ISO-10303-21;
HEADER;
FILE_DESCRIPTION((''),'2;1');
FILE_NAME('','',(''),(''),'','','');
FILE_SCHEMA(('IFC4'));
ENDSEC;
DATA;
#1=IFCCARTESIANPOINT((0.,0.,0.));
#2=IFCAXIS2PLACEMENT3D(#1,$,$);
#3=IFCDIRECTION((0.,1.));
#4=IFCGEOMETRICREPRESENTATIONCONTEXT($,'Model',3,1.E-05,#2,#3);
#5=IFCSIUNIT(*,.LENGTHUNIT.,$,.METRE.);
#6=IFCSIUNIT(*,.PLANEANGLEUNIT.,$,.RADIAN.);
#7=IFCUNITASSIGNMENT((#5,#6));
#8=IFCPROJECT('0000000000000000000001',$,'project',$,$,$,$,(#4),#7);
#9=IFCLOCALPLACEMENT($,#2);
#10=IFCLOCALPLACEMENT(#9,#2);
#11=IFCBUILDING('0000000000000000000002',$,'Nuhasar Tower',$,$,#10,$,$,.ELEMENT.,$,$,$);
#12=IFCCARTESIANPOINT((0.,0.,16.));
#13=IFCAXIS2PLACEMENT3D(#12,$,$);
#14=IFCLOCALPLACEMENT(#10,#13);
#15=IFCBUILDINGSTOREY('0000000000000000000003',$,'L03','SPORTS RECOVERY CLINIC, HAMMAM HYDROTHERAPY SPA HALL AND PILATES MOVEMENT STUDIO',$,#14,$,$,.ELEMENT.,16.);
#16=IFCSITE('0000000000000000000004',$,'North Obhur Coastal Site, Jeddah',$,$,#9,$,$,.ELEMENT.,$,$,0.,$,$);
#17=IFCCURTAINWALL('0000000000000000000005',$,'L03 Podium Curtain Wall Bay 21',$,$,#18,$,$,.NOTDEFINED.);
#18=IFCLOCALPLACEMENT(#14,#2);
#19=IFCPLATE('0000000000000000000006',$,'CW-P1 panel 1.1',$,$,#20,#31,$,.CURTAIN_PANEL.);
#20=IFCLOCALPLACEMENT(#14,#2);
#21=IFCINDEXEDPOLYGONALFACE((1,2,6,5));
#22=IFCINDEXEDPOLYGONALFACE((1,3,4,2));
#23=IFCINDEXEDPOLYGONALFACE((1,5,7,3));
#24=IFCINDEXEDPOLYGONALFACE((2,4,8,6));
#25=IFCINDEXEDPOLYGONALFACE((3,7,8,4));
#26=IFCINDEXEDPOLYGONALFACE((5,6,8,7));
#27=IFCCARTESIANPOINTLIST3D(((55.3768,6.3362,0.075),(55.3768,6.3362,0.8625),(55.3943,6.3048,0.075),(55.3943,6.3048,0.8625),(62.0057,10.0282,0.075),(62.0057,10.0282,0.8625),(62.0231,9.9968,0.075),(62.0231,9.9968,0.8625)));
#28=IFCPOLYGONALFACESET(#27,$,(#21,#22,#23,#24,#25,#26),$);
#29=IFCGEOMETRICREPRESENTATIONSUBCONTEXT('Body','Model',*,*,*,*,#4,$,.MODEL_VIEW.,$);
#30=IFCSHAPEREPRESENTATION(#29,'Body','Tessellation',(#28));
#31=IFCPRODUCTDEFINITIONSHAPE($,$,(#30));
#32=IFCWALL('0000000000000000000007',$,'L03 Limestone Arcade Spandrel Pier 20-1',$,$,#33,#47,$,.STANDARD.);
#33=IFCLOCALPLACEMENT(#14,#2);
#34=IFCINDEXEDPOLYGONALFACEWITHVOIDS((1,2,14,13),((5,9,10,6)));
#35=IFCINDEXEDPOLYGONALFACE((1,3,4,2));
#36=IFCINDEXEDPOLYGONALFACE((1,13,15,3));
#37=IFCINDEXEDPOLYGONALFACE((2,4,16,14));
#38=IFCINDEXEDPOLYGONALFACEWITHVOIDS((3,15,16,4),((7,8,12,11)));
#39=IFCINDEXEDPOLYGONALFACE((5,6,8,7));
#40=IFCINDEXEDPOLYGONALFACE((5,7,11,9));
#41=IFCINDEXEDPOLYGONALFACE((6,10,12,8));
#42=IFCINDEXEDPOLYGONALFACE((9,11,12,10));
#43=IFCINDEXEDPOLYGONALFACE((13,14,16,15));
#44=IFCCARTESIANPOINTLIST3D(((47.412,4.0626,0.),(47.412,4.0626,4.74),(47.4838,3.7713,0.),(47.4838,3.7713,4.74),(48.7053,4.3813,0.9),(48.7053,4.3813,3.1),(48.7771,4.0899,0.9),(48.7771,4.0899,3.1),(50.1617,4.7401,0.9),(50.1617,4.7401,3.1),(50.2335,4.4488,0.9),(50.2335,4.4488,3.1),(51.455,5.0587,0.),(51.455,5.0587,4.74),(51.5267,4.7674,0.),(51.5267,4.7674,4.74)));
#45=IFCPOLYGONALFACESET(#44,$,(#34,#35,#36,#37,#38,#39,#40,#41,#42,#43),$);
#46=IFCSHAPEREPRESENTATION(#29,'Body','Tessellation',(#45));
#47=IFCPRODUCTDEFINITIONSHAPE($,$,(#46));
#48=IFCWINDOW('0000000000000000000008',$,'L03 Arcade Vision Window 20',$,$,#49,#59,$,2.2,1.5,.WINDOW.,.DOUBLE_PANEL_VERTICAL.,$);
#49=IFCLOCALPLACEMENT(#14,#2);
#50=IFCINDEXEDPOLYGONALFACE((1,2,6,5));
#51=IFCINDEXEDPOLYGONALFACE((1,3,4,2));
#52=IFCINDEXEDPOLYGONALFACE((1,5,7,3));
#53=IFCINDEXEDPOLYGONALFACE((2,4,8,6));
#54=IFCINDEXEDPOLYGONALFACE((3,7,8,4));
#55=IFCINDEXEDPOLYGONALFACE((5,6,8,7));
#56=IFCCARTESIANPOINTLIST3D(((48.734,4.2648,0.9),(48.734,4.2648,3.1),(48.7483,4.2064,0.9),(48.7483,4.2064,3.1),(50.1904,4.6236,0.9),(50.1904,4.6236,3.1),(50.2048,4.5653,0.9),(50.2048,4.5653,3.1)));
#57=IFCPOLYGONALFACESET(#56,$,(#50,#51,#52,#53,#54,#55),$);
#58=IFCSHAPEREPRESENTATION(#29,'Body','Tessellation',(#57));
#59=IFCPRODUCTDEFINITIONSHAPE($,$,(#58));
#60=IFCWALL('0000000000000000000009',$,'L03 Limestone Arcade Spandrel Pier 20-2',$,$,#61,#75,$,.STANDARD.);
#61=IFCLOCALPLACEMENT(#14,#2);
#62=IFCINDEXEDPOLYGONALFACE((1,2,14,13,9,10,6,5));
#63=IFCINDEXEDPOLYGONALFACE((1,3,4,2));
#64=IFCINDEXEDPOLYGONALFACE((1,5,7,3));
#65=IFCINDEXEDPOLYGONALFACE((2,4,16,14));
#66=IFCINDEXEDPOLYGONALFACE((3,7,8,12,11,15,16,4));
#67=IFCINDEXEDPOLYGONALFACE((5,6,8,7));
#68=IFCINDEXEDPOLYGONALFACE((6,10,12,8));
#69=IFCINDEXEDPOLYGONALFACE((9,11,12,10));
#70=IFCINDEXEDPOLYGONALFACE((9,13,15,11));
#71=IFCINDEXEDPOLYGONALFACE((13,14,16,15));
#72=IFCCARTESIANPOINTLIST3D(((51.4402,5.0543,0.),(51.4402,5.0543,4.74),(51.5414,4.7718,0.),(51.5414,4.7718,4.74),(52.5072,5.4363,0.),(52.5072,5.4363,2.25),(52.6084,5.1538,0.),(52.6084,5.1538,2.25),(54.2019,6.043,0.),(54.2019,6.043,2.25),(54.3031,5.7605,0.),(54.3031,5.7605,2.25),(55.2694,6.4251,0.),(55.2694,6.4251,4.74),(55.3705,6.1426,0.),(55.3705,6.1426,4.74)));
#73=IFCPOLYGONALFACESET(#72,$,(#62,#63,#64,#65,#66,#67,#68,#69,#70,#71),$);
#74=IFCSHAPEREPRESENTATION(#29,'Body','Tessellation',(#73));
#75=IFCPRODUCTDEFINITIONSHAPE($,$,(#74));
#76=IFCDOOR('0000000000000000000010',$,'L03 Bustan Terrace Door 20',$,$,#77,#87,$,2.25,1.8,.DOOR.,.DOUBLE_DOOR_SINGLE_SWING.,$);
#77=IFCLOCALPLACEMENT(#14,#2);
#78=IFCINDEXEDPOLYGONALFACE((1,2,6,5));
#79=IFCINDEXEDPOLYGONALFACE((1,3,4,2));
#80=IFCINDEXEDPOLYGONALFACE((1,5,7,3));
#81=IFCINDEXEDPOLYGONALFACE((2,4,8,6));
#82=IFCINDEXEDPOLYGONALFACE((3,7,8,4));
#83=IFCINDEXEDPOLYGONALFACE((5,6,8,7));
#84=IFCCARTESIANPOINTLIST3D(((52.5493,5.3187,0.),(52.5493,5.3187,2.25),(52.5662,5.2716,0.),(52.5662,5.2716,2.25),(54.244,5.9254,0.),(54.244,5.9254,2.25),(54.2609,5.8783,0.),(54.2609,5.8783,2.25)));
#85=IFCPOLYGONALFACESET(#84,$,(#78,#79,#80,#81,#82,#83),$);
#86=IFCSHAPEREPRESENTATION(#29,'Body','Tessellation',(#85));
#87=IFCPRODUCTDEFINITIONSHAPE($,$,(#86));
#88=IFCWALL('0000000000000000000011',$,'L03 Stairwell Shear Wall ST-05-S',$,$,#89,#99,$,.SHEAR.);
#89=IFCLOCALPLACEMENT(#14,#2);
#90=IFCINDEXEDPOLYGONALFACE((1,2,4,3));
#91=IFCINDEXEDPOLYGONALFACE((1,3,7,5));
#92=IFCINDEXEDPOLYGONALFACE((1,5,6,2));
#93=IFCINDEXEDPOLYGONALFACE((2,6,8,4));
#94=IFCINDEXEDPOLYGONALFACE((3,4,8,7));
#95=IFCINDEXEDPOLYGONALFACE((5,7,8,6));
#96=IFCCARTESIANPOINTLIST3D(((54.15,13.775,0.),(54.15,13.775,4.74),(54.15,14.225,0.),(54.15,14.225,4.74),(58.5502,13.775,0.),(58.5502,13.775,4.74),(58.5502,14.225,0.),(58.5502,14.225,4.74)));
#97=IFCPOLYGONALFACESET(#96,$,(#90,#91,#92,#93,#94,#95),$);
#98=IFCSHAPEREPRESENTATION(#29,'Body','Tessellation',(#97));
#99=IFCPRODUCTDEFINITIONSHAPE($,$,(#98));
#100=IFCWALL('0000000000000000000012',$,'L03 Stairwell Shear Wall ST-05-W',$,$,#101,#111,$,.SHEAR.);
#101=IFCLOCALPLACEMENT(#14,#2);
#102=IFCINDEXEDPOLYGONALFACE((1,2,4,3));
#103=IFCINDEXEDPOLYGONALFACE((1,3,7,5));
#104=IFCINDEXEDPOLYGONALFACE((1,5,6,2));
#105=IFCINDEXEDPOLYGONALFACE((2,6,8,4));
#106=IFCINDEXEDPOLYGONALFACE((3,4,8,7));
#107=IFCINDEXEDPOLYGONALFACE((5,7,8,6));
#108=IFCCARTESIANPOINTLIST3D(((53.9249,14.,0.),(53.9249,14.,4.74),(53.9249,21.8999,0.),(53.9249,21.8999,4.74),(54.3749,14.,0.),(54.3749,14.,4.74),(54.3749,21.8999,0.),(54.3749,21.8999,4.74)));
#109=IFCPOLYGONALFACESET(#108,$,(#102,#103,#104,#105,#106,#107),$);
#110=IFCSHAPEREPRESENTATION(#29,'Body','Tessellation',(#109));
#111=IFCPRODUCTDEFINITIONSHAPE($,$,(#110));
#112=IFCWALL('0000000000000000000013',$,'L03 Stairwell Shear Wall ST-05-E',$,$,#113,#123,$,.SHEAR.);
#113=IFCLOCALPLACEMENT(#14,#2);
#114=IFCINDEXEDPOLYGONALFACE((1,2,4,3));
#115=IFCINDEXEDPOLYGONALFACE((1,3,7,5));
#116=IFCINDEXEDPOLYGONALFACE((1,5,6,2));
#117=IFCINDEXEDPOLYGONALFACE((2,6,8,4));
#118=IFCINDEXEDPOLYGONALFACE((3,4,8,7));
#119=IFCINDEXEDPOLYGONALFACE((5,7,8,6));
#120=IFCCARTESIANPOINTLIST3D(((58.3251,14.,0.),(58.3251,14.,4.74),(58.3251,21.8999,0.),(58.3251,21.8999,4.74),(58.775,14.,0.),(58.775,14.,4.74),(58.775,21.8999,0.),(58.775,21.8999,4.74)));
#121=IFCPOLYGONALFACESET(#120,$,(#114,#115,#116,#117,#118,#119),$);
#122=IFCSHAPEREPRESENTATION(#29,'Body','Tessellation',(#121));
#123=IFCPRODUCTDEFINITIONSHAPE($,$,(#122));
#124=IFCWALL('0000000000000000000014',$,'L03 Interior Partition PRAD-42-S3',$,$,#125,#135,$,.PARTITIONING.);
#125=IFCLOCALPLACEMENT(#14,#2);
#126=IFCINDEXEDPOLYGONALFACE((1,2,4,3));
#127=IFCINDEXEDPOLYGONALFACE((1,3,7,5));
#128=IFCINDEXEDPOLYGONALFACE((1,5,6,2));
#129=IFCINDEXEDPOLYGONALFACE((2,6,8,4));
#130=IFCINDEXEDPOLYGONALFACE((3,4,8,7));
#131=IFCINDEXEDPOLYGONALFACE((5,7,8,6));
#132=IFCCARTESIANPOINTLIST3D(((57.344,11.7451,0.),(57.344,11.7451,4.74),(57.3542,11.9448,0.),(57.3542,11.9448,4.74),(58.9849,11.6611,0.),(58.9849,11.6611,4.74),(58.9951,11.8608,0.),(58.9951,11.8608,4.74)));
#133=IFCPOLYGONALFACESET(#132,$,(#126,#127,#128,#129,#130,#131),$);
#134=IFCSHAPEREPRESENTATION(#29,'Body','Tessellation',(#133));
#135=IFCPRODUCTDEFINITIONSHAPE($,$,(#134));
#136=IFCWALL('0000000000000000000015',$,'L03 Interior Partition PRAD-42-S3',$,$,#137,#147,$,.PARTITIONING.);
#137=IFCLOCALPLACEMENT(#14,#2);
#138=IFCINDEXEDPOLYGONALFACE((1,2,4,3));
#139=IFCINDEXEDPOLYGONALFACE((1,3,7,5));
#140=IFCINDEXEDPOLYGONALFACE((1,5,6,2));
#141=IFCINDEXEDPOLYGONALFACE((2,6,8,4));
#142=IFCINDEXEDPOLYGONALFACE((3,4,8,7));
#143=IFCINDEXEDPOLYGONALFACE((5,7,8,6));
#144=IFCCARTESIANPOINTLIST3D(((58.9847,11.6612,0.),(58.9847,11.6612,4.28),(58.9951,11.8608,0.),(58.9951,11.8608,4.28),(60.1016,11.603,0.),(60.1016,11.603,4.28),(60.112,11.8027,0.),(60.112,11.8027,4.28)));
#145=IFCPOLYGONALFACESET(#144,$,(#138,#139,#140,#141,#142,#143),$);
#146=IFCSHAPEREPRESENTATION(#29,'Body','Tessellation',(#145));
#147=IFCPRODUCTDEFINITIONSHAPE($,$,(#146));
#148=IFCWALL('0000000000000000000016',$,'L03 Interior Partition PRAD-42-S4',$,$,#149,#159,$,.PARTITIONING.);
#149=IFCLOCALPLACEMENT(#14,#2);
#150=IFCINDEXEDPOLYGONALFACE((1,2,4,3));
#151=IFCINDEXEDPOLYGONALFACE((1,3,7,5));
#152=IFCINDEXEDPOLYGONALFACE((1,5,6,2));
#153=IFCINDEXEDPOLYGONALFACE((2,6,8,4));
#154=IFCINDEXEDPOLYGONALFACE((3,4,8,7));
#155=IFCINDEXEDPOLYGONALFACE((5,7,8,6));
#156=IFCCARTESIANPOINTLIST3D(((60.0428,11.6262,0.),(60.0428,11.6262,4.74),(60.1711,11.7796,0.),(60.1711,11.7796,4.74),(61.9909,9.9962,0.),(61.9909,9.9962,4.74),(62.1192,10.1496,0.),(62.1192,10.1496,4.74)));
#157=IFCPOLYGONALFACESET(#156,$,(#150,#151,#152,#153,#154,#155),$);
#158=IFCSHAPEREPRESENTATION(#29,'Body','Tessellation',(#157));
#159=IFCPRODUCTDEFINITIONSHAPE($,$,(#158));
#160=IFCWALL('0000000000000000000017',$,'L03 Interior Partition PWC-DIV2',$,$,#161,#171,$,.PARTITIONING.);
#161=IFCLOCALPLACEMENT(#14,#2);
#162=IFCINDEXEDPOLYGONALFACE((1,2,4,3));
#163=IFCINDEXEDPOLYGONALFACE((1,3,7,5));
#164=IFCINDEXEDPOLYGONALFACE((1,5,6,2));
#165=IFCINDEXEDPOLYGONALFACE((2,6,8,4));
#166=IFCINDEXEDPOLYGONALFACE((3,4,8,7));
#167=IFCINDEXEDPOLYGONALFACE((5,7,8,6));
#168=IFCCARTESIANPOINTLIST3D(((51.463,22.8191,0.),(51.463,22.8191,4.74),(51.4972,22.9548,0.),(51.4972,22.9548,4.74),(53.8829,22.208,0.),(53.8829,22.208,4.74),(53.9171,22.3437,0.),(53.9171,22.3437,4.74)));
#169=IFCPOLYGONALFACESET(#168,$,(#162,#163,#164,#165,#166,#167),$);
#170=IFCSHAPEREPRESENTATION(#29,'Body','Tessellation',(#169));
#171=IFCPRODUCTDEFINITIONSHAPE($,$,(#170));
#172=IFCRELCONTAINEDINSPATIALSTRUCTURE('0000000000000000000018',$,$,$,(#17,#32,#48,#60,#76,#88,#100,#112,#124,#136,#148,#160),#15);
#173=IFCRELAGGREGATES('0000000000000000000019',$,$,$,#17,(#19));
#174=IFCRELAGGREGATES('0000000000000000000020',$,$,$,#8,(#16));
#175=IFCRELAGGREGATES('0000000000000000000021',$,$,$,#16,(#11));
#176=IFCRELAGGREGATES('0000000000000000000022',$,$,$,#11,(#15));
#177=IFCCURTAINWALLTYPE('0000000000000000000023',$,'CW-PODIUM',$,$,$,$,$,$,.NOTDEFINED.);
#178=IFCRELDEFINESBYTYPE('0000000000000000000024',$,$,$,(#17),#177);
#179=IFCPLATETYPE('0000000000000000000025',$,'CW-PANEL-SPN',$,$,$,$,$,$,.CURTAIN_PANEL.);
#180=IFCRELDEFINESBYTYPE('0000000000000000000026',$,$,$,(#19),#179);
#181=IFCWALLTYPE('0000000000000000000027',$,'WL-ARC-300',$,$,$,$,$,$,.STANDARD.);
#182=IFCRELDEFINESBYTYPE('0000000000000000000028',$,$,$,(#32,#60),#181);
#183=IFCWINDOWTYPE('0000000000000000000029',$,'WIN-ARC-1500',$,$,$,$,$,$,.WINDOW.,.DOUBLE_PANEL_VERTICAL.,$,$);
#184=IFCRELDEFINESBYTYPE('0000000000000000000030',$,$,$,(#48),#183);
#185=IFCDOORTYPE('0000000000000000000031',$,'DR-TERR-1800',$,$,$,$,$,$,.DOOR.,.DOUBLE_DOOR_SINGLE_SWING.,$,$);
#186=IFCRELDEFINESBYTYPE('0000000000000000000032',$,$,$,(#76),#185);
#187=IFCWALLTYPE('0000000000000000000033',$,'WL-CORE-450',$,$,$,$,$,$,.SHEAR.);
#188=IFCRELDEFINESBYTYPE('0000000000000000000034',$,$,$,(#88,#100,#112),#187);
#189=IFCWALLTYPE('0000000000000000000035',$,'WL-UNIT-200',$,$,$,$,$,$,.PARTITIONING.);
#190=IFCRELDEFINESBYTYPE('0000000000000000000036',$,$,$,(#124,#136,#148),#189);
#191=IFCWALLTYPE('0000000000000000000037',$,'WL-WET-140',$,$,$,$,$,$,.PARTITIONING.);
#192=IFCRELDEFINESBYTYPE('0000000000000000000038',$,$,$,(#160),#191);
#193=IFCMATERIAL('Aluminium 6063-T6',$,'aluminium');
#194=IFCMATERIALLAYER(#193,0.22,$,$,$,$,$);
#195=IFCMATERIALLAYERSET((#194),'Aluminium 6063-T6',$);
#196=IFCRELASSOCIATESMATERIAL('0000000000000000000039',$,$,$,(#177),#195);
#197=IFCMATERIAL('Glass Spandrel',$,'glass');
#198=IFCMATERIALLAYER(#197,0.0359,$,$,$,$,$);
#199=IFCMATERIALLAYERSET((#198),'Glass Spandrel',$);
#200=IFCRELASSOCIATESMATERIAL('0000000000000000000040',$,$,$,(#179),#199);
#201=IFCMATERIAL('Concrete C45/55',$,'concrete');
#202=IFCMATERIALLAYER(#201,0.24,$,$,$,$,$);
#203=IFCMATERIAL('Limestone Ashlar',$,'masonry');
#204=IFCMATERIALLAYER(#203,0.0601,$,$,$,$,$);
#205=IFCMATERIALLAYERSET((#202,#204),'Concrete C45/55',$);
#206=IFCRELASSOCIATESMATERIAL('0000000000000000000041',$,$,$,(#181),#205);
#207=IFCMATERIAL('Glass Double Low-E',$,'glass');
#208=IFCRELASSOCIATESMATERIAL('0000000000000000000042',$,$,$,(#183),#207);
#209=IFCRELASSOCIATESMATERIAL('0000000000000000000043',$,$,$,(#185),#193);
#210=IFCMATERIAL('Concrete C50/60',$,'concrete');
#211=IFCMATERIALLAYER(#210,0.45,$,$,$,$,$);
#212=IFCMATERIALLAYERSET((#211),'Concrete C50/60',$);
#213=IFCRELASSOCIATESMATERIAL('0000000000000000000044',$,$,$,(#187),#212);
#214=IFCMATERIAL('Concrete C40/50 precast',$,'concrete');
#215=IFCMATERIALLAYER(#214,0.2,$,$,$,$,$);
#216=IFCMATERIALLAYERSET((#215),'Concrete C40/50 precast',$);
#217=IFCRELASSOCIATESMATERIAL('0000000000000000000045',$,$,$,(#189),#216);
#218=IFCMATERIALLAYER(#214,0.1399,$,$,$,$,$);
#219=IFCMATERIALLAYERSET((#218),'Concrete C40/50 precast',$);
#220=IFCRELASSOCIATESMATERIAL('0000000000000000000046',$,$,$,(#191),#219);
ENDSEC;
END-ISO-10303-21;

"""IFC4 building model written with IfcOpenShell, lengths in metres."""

from ifc_helpers import new_model, si_unit, direction, frame, frame_2d, origin, origin_2d, place, context, subcontext, project, spatial, rectangle, extrude, material, layer, layer_set, type_object, element, fill, aggregate, save


model = new_model("IFC4")

# Units and contexts
model_context = context("Model", 3, precision=1e-05, world=origin(), true_north=direction((0.0, 1.0)))
body_context = subcontext(model_context, "Body", "Model", "MODEL_VIEW")
ifc_project = project(units=[si_unit("LENGTHUNIT", "METRE"), si_unit("PLANEANGLEUNIT", "RADIAN")], contexts=[model_context])

# Site, building, storey
site_placement = place(None, origin())
site = spatial("IfcSite", under=ifc_project, at=site_placement, Name="North Obhur Coastal Site, Jeddah", CompositionType="ELEMENT", RefElevation=0.0)
building_placement = place(site_placement, origin())
building = spatial("IfcBuilding", under=site, at=building_placement, Name="Nuhasar Tower", CompositionType="ELEMENT")
storey_placement = place(building_placement, frame((0.0, 0.0, 16.0)))
storey = spatial("IfcBuildingStorey", under=building, at=storey_placement, Name="L03", Description="SPORTS RECOVERY CLINIC, HAMMAM HYDROTHERAPY SPA HALL AND PILATES MOVEMENT STUDIO", CompositionType="ELEMENT", Elevation=16.0)

# Shared definitions
ifc_material_1 = material(Name="Concrete C50/60", Category="concrete")

# Curtain wall, plate
ifc_material_2 = material(Name="Aluminium 6063-T6", Category="aluminium")
ifc_layer_1 = layer(ifc_material_2, 0.22)
ifc_layer_set_1 = layer_set([ifc_layer_1], Name="Aluminium 6063-T6")
curtain_wall_type = type_object("IfcCurtainWallType", Name="CW-PODIUM", PredefinedType="NOTDEFINED", material=ifc_layer_set_1)
curtain_wall_placement = place(storey_placement, origin())
curtain_wall = element("IfcCurtainWall", 1, at=curtain_wall_placement, inside=storey, type_object=curtain_wall_type, Name="L03 Podium Curtain Wall Bay 21", PredefinedType="NOTDEFINED")
ifc_material_3 = material(Name="Glass Double Low-E", Category="glass")
ifc_material_4 = material(Name="Glass Spandrel", Category="glass")
ifc_layer_2 = layer(ifc_material_4, 0.0359)
ifc_layer_set_2 = layer_set([ifc_layer_2], Name="Glass Spandrel")
plate_type_1 = type_object("IfcPlateType", Name="CW-PANEL-SPN", PredefinedType="CURTAIN_PANEL", material=ifc_layer_set_2)
plate_1_placement = place(storey_placement, frame((58.7, 8.1665, 0.075), z_axis=(0.0, 0.0, 1.0), x_axis=(0.873639, 0.486575, 0.0)))
plate_1 = element("IfcPlate", 2, at=plate_1_placement, type_object=plate_type_1, Name="CW-P1 panel 1.1", PredefinedType="CURTAIN_PANEL", context=body_context, shape_type="SweptSolid", body=[
    extrude(rectangle(XDim=7.5876, YDim=0.0359, at=origin_2d()), origin(), (0.0, 0.0, 1.0), 0.7876),
])
aggregate(curtain_wall, [plate_1])

# Wall, opening, window
ifc_material_5 = material(Name="Concrete C45/55", Category="concrete")
ifc_layer_3 = layer(ifc_material_5, 0.24)
ifc_material_6 = material(Name="Limestone Ashlar", Category="masonry")
ifc_layer_4 = layer(ifc_material_6, 0.0601)
ifc_layer_set_3 = layer_set([ifc_layer_3, ifc_layer_4], Name="Concrete C45/55")
wall_type_1 = type_object("IfcWallType", Name="WL-ARC-300", PredefinedType="STANDARD", material=ifc_layer_set_3)
wall_1_placement = place(storey_placement, frame((51.491, 4.9131, 0.0), z_axis=(0.0, 0.0, 1.0), x_axis=(-0.970965, -0.239223, 0.0)))
wall_1 = element("IfcWall", 3, at=wall_1_placement, inside=storey, type_object=wall_type_1, Name="L03 Limestone Arcade Spandrel Pier 20-1", PredefinedType="STANDARD", context=body_context, shape_type="SweptSolid", body=[
    extrude(rectangle(XDim=4.1638, YDim=0.3, at=frame_2d((2.082, 0.0))), origin(), (0.0, 0.0, 1.0), 4.74),
])
opening_1_placement = place(wall_1_placement, frame((1.332, 0.0, 0.8999)))
opening_1 = element("IfcOpeningElement", 4, at=opening_1_placement, cuts=wall_1, PredefinedType="OPENING", context=body_context, shape_type="SweptSolid", body=[
    extrude(rectangle(XDim=1.5, YDim=2.2, at=frame_2d((0.75, 1.1001))), frame((0.0, 0.1602, 0.0), z_axis=(0.0, -1.0, 0.0), x_axis=(1.0, 0.0, 0.0)), (0.0, 0.0, 1.0), 0.3201),
])
window_type = type_object("IfcWindowType", Name="WIN-ARC-1500", PartitioningType="DOUBLE_PANEL_VERTICAL", PredefinedType="WINDOW", material=ifc_material_3)
window_placement = place(opening_1_placement, origin())
window = element("IfcWindow", 5, at=window_placement, inside=storey, type_object=window_type, Name="L03 Arcade Vision Window 20", OverallHeight=2.2, OverallWidth=1.5, PartitioningType="DOUBLE_PANEL_VERTICAL", PredefinedType="WINDOW", context=body_context, shape_type="SweptSolid", body=[
    extrude(rectangle(XDim=1.5, YDim=2.2, at=frame_2d((0.75, 1.1001))), frame((0.0, 0.03, 0.0), z_axis=(0.0, -1.0, 0.0), x_axis=(1.0, 0.0, 0.0)), (0.0, 0.0, 1.0), 0.0601),
])
fill(opening_1, window)

# Wall, opening, door
wall_2_placement = place(storey_placement, frame((55.3201, 6.2839, 0.0), z_axis=(0.0, 0.0, 1.0), x_axis=(-0.941484, -0.337059, 0.0)))
wall_2 = element("IfcWall", 6, at=wall_2_placement, inside=storey, type_object=wall_type_1, Name="L03 Limestone Arcade Spandrel Pier 20-2", PredefinedType="STANDARD", context=body_context, shape_type="SweptSolid", body=[
    extrude(rectangle(XDim=4.0671, YDim=0.3, at=frame_2d((2.0337, 0.0))), origin(), (0.0, 0.0, 1.0), 4.74),
])
opening_2_placement = place(wall_2_placement, frame((1.134, 0.0, 0.0)))
opening_2 = element("IfcOpeningElement", 7, at=opening_2_placement, cuts=wall_2, PredefinedType="OPENING", context=body_context, shape_type="SweptSolid", body=[
    extrude(rectangle(XDim=1.8, YDim=2.25, at=frame_2d((0.8999, 1.125))), frame((0.0, 0.1602, 0.0), z_axis=(0.0, -1.0, 0.0), x_axis=(1.0, 0.0, 0.0)), (0.0, 0.0, 1.0), 0.3201),
])
door_type_1 = type_object("IfcDoorType", Name="DR-TERR-1800", OperationType="DOUBLE_DOOR_SINGLE_SWING", PredefinedType="DOOR", material=ifc_material_2)
door_1_placement = place(opening_2_placement, origin())
door_1 = element("IfcDoor", 8, at=door_1_placement, inside=storey, type_object=door_type_1, Name="L03 Bustan Terrace Door 20", OperationType="DOUBLE_DOOR_SINGLE_SWING", OverallHeight=2.25, OverallWidth=1.8, PredefinedType="DOOR", context=body_context, shape_type="SweptSolid", body=[
    extrude(rectangle(XDim=1.8, YDim=2.25, at=frame_2d((0.8999, 1.125))), frame((0.0, 0.0249, 0.0), z_axis=(0.0, -1.0, 0.0), x_axis=(1.0, 0.0, 0.0)), (0.0, 0.0, 1.0), 0.05),
])
fill(opening_2, door_1)

# Wall
ifc_layer_5 = layer(ifc_material_1, 0.45)
ifc_layer_set_4 = layer_set([ifc_layer_5], Name="Concrete C50/60")
wall_type_2 = type_object("IfcWallType", Name="WL-CORE-450", PredefinedType="SHEAR", material=ifc_layer_set_4)
wall_3_placement = place(storey_placement, frame((54.1499, 14.0, 0.0), z_axis=(0.0, 0.0, 1.0), x_axis=(1.0, 0.0, 0.0)))
element("IfcWall", 9, at=wall_3_placement, inside=storey, type_object=wall_type_2, Name="L03 Stairwell Shear Wall ST-05-S", PredefinedType="SHEAR", context=body_context, shape_type="SweptSolid", body=[
    extrude(rectangle(XDim=4.4001, YDim=0.45, at=frame_2d((2.2002, 0.0))), origin(), (0.0, 0.0, 1.0), 4.74),
])

# Walls
for number, where, z_axis, x_axis, name in (
    (10, (54.1499, 14.0, 0.0), (0.0, 0.0, 1.0), (0.0, 1.0, 0.0), "L03 Stairwell Shear Wall ST-05-W"),
    (11, (58.55, 14.0, 0.0), (0.0, 0.0, 1.0), (0.0, 1.0, 0.0), "L03 Stairwell Shear Wall ST-05-E"),
):
    element("IfcWall", number, at=place(storey_placement, frame(where, z_axis=z_axis, x_axis=x_axis)), inside=storey, type_object=wall_type_2, Name=name, PredefinedType="SHEAR", context=body_context, shape_type="SweptSolid", body=[
        extrude(rectangle(XDim=7.8999, YDim=0.45, at=frame_2d((3.95, 0.0))), origin(), (0.0, 0.0, 1.0), 4.74),
    ])
ifc_material_7 = material(Name="Concrete C40/50 precast", Category="concrete")
ifc_layer_6 = layer(ifc_material_7, 0.2)
ifc_layer_set_5 = layer_set([ifc_layer_6], Name="Concrete C40/50 precast")
wall_type_3 = type_object("IfcWallType", Name="WL-UNIT-200", PredefinedType="PARTITIONING", material=ifc_layer_set_5)
wall_4_placement = place(storey_placement, frame((57.3491, 11.845, 0.0), z_axis=(0.0, 0.0, 1.0), x_axis=(0.998693, -0.051116, 0.0)))
element("IfcWall", 12, at=wall_4_placement, inside=storey, type_object=wall_type_3, Name="L03 Interior Partition PRAD-42-S3", PredefinedType="PARTITIONING", context=body_context, shape_type="SweptSolid", body=[
    extrude(rectangle(XDim=1.6431, YDim=0.2, at=frame_2d((0.8215, 0.0))), origin(), (0.0, 0.0, 1.0), 4.74),
])
wall_5_placement = place(storey_placement, frame((58.99, 11.761, 0.0), z_axis=(0.0, 0.0, 1.0), x_axis=(0.99865, -0.051952, 0.0)))
element("IfcWall", 13, at=wall_5_placement, inside=storey, type_object=wall_type_3, Name="L03 Interior Partition PRAD-42-S3", PredefinedType="PARTITIONING", context=body_context, shape_type="SweptSolid", body=[
    extrude(rectangle(XDim=1.1184, YDim=0.2, at=frame_2d((0.5591, 0.0))), origin(), (0.0, 0.0, 1.0), 4.28),
])
wall_6_placement = place(storey_placement, frame((60.1069, 11.7029, 0.0), z_axis=(0.0, 0.0, 1.0), x_axis=(0.766951, -0.641705, 0.0)))
element("IfcWall", 14, at=wall_6_placement, inside=storey, type_object=wall_type_3, Name="L03 Interior Partition PRAD-42-S4", PredefinedType="PARTITIONING", context=body_context, shape_type="SweptSolid", body=[
    extrude(rectangle(XDim=2.54, YDim=0.2, at=frame_2d((1.27, 0.0))), origin(), (0.0, 0.0, 1.0), 4.74),
])
ifc_layer_7 = layer(ifc_material_7, 0.1399)
ifc_layer_set_6 = layer_set([ifc_layer_7], Name="Concrete C40/50 precast")
wall_type_4 = type_object("IfcWallType", Name="WL-WET-140", PredefinedType="PARTITIONING", material=ifc_layer_set_6)
wall_7_placement = place(storey_placement, frame((51.48, 22.887, 0.0), z_axis=(0.0, 0.0, 1.0), x_axis=(0.969564, -0.244837, 0.0)))
element("IfcWall", 15, at=wall_7_placement, inside=storey, type_object=wall_type_4, Name="L03 Interior Partition PWC-DIV2", PredefinedType="PARTITIONING", context=body_context, shape_type="SweptSolid", body=[
    extrude(rectangle(XDim=2.4958, YDim=0.1399, at=frame_2d((1.248, 0.0))), origin(), (0.0, 0.0, 1.0), 4.74),
])

save(model, "model.ifc")
